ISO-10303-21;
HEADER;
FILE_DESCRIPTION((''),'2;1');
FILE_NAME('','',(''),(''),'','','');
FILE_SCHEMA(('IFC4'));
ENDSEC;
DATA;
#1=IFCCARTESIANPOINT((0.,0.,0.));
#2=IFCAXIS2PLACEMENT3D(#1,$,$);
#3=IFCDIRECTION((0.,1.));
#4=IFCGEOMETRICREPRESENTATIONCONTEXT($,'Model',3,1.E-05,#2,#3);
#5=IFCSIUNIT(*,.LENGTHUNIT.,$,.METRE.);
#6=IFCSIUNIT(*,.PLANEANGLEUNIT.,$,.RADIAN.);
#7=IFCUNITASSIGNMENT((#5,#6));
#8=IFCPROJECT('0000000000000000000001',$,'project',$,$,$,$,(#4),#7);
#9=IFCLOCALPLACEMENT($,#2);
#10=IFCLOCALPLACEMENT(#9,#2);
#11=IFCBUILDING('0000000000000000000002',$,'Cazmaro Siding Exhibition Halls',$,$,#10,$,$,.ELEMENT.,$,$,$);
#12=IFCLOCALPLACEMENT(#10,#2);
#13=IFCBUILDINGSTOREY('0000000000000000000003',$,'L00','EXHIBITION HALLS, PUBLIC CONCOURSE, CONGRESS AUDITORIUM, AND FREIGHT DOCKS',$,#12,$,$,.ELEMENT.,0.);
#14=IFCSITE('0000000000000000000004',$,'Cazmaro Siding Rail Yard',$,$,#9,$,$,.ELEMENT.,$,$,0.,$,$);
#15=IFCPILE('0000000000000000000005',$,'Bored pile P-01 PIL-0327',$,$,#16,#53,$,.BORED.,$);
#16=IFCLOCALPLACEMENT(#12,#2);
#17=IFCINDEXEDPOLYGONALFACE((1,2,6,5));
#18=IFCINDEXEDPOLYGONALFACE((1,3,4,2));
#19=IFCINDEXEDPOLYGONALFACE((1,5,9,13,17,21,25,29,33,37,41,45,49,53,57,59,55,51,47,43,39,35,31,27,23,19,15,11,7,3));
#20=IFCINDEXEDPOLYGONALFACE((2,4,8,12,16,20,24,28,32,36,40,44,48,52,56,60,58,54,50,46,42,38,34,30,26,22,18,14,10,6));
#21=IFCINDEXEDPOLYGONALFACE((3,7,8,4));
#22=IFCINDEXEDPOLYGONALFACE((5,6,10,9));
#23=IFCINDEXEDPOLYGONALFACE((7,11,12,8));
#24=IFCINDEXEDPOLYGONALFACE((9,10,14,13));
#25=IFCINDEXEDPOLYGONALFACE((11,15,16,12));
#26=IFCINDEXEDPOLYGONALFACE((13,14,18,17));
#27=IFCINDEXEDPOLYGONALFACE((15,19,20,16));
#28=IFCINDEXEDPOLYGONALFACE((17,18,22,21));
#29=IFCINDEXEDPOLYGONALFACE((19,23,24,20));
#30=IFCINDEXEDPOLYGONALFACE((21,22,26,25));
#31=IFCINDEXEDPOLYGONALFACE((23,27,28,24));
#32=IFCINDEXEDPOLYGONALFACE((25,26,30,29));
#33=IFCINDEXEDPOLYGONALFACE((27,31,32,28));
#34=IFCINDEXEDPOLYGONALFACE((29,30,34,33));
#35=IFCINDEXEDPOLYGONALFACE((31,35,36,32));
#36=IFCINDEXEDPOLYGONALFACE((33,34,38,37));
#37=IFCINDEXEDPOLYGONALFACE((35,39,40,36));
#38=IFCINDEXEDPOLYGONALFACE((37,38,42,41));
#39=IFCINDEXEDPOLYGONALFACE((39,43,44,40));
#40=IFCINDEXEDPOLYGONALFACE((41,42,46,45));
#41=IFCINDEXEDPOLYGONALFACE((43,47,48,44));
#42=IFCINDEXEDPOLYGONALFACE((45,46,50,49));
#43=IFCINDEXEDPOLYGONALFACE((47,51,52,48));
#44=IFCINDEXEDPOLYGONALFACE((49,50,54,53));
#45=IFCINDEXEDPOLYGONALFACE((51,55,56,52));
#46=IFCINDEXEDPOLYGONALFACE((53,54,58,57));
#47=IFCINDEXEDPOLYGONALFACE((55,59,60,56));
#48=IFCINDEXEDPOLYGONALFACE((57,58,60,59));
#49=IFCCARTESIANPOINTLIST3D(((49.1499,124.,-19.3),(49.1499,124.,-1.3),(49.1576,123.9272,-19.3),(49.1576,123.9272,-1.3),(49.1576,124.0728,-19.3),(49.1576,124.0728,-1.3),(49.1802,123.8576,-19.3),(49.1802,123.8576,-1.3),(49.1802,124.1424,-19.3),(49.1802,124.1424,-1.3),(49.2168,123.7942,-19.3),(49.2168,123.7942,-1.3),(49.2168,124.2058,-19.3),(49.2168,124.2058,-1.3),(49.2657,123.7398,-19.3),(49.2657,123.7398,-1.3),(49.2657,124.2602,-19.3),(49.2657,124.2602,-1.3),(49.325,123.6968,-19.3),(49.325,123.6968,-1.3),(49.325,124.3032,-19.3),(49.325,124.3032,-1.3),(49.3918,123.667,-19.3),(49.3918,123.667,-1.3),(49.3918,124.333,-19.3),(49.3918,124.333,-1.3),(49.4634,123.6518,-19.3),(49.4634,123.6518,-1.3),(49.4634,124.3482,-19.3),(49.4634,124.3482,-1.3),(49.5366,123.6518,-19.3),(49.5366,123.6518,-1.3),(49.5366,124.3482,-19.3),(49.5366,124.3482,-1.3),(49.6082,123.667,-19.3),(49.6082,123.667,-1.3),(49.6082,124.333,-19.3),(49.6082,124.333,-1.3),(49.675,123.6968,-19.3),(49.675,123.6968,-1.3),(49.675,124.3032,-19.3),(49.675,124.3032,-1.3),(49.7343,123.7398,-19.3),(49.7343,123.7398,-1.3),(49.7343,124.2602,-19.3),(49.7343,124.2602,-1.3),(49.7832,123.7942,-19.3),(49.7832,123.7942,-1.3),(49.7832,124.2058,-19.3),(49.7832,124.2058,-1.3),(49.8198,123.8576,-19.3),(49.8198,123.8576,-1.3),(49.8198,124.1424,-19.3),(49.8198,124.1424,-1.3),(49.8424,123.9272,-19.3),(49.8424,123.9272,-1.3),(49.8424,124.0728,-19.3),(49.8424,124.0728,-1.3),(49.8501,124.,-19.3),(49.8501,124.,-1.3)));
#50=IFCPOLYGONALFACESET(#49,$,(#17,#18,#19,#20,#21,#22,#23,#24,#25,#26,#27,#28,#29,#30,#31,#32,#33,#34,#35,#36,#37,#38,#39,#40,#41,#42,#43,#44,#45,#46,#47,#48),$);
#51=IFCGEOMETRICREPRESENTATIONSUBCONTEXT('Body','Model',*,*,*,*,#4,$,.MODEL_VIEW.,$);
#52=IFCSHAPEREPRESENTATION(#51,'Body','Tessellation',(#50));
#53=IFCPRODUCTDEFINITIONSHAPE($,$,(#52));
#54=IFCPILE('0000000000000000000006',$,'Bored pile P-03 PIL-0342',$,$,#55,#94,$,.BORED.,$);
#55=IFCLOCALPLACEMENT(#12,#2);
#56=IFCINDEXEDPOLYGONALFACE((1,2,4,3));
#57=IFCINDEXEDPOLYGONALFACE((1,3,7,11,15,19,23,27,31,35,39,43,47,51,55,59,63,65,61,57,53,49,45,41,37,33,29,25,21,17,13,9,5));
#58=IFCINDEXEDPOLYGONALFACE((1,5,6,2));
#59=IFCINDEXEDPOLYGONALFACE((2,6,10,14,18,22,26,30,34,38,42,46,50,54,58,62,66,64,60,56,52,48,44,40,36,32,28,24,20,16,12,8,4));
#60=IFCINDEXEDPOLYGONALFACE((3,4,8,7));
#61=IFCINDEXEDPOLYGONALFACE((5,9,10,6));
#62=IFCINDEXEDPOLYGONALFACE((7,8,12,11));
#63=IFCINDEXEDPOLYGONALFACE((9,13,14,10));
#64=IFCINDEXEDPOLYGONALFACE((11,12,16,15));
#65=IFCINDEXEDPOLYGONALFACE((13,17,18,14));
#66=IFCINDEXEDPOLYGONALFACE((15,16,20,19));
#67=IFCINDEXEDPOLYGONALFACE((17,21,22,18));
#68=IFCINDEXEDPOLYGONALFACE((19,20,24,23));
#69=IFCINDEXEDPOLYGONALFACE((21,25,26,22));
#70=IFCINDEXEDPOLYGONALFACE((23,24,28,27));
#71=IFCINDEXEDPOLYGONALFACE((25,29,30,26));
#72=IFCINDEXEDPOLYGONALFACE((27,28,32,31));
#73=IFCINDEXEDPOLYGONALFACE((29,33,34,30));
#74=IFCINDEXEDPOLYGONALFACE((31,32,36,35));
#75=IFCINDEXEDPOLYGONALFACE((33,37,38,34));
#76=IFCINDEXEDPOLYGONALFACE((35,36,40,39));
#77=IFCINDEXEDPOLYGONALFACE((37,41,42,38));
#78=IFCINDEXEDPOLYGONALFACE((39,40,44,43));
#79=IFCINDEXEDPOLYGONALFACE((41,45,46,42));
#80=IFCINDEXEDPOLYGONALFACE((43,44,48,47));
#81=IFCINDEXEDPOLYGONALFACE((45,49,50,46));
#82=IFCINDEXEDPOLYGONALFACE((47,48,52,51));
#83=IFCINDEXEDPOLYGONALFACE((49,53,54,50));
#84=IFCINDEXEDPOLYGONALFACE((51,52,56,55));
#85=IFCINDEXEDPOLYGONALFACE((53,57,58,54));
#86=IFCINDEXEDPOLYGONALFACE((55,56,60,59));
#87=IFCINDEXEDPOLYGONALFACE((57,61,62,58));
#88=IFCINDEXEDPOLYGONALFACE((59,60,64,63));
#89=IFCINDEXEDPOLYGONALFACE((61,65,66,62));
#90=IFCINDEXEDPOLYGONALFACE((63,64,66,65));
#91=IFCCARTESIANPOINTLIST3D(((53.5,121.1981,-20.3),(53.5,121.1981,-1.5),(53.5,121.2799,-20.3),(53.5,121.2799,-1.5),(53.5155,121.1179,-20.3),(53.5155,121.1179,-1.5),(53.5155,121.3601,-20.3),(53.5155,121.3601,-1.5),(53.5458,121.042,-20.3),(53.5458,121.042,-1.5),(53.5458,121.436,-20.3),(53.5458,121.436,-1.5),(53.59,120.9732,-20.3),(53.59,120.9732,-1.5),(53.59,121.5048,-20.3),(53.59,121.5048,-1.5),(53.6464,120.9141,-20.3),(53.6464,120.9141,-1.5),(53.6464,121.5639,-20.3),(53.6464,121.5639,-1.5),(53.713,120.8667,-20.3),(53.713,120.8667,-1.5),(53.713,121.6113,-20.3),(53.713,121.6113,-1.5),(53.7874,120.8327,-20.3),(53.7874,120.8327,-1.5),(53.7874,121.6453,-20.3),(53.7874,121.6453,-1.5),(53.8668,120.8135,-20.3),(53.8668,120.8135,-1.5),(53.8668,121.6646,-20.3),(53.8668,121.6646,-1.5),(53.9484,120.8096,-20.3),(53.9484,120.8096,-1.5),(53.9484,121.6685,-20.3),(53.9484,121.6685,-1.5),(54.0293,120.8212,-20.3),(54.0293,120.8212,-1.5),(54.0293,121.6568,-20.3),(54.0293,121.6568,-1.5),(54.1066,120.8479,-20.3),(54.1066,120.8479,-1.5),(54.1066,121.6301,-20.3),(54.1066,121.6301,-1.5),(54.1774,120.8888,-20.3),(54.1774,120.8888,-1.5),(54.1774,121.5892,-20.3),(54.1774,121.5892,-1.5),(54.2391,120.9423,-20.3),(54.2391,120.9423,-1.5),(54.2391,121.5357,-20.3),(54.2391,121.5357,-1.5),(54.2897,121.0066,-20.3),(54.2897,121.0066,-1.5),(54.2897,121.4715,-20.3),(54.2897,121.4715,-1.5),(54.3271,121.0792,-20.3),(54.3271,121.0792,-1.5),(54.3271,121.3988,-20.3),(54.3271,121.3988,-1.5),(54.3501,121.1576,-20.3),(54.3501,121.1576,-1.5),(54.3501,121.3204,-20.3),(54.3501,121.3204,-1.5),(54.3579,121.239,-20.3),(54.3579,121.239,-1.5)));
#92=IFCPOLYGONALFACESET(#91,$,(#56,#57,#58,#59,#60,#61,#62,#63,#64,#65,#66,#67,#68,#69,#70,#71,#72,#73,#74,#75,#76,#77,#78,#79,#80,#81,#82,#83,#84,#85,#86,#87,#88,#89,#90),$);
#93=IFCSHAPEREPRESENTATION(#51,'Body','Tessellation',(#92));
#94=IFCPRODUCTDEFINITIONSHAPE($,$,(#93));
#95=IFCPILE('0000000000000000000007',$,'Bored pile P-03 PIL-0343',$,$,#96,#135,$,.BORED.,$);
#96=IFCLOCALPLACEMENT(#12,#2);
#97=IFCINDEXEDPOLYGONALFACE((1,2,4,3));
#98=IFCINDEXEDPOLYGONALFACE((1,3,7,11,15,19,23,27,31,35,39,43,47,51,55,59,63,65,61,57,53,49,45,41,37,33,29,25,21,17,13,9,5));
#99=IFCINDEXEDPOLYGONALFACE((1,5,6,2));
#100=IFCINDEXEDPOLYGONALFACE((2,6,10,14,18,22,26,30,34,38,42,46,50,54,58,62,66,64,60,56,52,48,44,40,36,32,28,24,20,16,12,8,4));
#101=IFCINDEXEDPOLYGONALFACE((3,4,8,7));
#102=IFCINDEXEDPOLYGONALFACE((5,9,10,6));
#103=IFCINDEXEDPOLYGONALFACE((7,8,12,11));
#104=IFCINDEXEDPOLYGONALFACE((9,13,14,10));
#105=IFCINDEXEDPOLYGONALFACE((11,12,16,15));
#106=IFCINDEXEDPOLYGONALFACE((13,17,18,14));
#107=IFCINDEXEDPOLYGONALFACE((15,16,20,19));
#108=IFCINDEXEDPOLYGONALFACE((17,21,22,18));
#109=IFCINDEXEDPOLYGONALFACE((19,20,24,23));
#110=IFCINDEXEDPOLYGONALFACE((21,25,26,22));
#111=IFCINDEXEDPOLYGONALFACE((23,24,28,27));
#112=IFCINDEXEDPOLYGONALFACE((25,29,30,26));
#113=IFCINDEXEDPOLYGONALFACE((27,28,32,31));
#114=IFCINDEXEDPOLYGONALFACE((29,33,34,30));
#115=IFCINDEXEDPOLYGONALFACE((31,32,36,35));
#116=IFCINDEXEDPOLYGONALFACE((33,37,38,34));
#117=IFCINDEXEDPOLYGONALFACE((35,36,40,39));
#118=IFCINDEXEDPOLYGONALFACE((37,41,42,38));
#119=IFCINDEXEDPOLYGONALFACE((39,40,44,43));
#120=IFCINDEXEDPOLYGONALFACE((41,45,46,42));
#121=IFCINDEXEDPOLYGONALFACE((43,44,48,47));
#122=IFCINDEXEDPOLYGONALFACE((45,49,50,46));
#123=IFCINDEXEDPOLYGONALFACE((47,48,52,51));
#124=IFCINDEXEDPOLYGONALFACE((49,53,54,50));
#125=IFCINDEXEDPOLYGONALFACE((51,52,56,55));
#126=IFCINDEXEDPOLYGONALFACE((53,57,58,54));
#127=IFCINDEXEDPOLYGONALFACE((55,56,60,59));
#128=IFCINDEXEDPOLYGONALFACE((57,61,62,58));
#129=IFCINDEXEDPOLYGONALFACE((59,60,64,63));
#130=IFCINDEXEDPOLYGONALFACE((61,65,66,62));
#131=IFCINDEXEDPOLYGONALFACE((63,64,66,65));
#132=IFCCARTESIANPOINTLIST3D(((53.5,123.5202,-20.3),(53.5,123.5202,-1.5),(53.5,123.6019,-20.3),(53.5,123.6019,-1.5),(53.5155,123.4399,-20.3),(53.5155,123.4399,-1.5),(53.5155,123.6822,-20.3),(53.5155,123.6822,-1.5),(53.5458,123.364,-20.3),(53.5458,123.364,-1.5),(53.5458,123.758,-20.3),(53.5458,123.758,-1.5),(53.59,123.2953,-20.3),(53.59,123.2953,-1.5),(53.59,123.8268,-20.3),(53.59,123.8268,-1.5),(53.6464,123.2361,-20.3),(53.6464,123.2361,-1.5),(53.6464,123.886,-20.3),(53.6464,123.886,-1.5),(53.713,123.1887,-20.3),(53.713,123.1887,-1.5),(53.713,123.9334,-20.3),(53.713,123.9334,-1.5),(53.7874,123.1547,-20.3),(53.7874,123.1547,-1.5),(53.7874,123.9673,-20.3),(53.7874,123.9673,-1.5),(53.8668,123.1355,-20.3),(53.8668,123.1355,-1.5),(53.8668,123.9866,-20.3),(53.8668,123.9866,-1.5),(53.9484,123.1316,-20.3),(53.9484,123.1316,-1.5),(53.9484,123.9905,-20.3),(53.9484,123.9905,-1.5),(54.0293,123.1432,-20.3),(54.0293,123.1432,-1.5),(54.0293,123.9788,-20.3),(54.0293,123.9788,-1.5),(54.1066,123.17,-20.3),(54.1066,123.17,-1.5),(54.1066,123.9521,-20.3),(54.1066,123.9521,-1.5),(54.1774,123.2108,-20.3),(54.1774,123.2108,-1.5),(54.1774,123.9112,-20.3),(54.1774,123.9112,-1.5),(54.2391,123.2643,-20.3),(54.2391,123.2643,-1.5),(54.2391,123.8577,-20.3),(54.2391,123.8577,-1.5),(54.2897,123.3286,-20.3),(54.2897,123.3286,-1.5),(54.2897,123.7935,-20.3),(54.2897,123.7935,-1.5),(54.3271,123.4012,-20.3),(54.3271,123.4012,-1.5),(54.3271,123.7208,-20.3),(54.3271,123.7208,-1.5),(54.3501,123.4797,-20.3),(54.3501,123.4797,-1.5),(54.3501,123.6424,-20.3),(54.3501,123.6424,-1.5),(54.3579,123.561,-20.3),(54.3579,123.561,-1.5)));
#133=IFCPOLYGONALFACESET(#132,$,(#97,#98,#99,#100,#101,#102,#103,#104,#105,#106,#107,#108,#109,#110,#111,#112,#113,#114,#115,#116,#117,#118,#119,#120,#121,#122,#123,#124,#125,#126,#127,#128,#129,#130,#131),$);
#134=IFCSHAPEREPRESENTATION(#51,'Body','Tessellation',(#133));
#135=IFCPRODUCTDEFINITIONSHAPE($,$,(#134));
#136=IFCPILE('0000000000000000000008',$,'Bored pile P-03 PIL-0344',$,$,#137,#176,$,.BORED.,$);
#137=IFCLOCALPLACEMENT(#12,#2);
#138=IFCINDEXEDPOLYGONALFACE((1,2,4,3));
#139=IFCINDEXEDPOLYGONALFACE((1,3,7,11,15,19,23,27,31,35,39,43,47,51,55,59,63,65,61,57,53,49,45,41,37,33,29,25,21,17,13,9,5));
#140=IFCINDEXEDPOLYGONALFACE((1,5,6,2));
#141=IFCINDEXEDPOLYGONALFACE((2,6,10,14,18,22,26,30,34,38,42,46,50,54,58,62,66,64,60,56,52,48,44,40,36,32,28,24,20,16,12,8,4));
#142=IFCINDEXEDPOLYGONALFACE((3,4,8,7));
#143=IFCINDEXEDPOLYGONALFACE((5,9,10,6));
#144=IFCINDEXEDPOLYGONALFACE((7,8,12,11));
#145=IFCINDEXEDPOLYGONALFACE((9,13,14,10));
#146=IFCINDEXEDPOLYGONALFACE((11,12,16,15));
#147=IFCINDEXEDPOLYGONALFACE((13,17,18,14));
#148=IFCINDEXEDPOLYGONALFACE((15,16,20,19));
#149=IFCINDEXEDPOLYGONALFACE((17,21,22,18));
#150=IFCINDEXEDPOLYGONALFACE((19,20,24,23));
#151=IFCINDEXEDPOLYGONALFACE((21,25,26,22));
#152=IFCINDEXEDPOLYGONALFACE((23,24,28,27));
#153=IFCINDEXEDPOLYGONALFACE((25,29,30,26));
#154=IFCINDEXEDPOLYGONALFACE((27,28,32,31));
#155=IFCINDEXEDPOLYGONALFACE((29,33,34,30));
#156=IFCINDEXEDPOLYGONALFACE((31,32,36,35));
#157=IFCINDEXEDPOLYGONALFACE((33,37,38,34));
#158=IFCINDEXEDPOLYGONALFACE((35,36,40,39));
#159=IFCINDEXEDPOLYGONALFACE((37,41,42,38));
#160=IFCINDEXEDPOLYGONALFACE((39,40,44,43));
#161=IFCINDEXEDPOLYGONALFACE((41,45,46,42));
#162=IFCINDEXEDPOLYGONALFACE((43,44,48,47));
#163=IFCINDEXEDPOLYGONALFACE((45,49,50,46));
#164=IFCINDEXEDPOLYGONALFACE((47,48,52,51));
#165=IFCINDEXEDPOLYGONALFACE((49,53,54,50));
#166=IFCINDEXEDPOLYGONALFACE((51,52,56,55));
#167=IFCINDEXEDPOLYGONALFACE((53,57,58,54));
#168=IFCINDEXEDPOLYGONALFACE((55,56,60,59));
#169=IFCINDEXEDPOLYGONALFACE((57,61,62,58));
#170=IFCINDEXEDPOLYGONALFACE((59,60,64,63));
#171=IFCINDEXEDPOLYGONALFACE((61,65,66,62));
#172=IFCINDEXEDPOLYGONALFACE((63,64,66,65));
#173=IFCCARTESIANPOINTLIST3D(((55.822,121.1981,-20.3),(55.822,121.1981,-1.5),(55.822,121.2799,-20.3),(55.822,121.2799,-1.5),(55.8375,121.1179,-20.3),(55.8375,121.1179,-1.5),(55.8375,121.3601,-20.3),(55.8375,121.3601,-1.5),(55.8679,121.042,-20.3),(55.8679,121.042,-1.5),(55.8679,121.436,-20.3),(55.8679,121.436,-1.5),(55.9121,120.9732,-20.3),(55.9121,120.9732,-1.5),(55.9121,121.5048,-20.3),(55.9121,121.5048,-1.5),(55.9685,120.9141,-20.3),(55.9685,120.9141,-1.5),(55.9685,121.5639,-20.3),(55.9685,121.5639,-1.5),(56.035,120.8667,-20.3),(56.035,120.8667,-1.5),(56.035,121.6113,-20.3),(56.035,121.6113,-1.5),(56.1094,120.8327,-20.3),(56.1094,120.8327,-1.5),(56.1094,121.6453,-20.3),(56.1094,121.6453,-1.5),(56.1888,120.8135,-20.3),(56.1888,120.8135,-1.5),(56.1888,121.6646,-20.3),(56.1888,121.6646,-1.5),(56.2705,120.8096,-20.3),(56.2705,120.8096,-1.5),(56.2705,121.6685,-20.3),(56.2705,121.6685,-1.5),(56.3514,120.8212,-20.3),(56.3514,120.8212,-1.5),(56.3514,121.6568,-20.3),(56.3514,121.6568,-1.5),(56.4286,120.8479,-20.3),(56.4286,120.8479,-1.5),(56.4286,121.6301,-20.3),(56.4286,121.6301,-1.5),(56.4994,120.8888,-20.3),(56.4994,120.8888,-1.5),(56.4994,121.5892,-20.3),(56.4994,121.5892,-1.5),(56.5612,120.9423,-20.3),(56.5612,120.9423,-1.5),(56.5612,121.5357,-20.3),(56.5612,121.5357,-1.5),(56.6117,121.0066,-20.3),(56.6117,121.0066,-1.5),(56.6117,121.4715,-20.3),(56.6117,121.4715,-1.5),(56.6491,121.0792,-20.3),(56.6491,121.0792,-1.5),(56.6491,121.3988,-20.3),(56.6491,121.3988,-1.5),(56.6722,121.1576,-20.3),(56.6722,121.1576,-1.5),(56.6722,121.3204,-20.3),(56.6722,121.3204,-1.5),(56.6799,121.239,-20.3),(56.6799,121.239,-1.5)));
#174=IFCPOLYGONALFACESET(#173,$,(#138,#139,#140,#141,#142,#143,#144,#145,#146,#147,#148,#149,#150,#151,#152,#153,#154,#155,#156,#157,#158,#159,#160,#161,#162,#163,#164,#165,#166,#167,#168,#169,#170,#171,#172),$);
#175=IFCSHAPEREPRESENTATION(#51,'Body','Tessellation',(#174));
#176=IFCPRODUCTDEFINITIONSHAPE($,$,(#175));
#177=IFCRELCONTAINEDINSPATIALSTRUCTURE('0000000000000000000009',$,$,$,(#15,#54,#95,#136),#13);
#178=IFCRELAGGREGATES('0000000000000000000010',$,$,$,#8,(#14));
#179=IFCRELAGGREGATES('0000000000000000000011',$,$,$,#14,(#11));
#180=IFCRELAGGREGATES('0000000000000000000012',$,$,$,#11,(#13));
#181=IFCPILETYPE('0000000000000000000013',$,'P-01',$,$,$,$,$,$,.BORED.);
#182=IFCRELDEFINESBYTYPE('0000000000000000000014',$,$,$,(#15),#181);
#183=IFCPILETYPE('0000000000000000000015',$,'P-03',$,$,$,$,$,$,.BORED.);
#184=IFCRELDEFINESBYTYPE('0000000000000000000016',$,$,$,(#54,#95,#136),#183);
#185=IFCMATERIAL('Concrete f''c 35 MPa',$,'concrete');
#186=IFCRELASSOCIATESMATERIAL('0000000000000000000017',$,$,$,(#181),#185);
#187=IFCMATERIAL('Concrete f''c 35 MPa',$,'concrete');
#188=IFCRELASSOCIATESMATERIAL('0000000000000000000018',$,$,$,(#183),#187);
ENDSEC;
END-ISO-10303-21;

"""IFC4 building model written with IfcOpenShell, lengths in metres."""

from ifc_helpers import new_model, si_unit, direction, frame, origin, origin_2d, place, context, subcontext, project, spatial, circle, extrude, material, material_profile, profile_set, type_object, element, save


model = new_model("IFC4")

# Units and contexts
model_context = context("Model", 3, precision=1e-05, world=origin(), true_north=direction((0.0, 1.0)))
body_context = subcontext(model_context, "Body", "Model", "MODEL_VIEW")
ifc_project = project(units=[si_unit("LENGTHUNIT", "METRE"), si_unit("PLANEANGLEUNIT", "RADIAN")], contexts=[model_context])

# Site, building, storey
site_placement = place(None, origin())
site = spatial("IfcSite", under=ifc_project, at=site_placement, Name="Cazmaro Siding Rail Yard", CompositionType="ELEMENT", RefElevation=0.0)
building_placement = place(site_placement, origin())
building = spatial("IfcBuilding", under=site, at=building_placement, Name="Cazmaro Siding Exhibition Halls", CompositionType="ELEMENT")
storey_placement = place(building_placement, origin())
storey = spatial("IfcBuildingStorey", under=building, at=storey_placement, Name="L00", Description="EXHIBITION HALLS, PUBLIC CONCOURSE, CONGRESS AUDITORIUM, AND FREIGHT DOCKS", CompositionType="ELEMENT", Elevation=0.0)

# Piles
ifc_material_1 = material(Name="Concrete f'c 35 MPa", Category="concrete")
ifc_material_profile_1 = material_profile(ifc_material_1, circle(Radius=0.3501, at=origin_2d()), Name="CIDH-700")
ifc_profile_set_1 = profile_set([ifc_material_profile_1], Name="Concrete f'c 35 MPa")
pile_type_1 = type_object("IfcPileType", Name="P-01", PredefinedType="BORED", material=ifc_profile_set_1)
pile_placement = place(storey_placement, frame((49.5, 124.0, -1.3), z_axis=(0.0, 0.0, -1.0), x_axis=(1.0, 0.0, 0.0)))
element("IfcPile", 1, at=pile_placement, inside=storey, type_object=pile_type_1, Name="Bored pile P-01 PIL-0327", PredefinedType="BORED", context=body_context, shape_type="SweptSolid", body=[
    extrude(circle(Radius=0.3501, at=origin_2d()), origin(), (0.0, 0.0, 1.0), 18.0),
])
ifc_material_2 = material(Name="Concrete f'c 35 MPa", Category="concrete")
ifc_material_profile_2 = material_profile(ifc_material_2, circle(Radius=0.4299, at=origin_2d()), Name="CIDH-860")
ifc_profile_set_2 = profile_set([ifc_material_profile_2], Name="Concrete f'c 35 MPa")
pile_type_2 = type_object("IfcPileType", Name="P-03", PredefinedType="BORED", material=ifc_profile_set_2)
for number, where, z_axis, x_axis, name in (
    (2, (53.928, 121.239, -1.5), (0.0, 0.0, -1.0), (1.0, 0.0, 0.0), "Bored pile P-03 PIL-0342"),
    (3, (53.928, 123.561, -1.5), (0.0, 0.0, -1.0), (1.0, 0.0, 0.0), "Bored pile P-03 PIL-0343"),
    (4, (56.25, 121.239, -1.5), (0.0, 0.0, -1.0), (1.0, 0.0, 0.0), "Bored pile P-03 PIL-0344"),
):
    element("IfcPile", number, at=place(storey_placement, frame(where, z_axis=z_axis, x_axis=x_axis)), inside=storey, type_object=pile_type_2, Name=name, PredefinedType="BORED", context=body_context, shape_type="SweptSolid", body=[
        extrude(circle(Radius=0.4299, at=origin_2d()), origin(), (0.0, 0.0, 1.0), 18.8),
    ])

save(model, "model.ifc")
